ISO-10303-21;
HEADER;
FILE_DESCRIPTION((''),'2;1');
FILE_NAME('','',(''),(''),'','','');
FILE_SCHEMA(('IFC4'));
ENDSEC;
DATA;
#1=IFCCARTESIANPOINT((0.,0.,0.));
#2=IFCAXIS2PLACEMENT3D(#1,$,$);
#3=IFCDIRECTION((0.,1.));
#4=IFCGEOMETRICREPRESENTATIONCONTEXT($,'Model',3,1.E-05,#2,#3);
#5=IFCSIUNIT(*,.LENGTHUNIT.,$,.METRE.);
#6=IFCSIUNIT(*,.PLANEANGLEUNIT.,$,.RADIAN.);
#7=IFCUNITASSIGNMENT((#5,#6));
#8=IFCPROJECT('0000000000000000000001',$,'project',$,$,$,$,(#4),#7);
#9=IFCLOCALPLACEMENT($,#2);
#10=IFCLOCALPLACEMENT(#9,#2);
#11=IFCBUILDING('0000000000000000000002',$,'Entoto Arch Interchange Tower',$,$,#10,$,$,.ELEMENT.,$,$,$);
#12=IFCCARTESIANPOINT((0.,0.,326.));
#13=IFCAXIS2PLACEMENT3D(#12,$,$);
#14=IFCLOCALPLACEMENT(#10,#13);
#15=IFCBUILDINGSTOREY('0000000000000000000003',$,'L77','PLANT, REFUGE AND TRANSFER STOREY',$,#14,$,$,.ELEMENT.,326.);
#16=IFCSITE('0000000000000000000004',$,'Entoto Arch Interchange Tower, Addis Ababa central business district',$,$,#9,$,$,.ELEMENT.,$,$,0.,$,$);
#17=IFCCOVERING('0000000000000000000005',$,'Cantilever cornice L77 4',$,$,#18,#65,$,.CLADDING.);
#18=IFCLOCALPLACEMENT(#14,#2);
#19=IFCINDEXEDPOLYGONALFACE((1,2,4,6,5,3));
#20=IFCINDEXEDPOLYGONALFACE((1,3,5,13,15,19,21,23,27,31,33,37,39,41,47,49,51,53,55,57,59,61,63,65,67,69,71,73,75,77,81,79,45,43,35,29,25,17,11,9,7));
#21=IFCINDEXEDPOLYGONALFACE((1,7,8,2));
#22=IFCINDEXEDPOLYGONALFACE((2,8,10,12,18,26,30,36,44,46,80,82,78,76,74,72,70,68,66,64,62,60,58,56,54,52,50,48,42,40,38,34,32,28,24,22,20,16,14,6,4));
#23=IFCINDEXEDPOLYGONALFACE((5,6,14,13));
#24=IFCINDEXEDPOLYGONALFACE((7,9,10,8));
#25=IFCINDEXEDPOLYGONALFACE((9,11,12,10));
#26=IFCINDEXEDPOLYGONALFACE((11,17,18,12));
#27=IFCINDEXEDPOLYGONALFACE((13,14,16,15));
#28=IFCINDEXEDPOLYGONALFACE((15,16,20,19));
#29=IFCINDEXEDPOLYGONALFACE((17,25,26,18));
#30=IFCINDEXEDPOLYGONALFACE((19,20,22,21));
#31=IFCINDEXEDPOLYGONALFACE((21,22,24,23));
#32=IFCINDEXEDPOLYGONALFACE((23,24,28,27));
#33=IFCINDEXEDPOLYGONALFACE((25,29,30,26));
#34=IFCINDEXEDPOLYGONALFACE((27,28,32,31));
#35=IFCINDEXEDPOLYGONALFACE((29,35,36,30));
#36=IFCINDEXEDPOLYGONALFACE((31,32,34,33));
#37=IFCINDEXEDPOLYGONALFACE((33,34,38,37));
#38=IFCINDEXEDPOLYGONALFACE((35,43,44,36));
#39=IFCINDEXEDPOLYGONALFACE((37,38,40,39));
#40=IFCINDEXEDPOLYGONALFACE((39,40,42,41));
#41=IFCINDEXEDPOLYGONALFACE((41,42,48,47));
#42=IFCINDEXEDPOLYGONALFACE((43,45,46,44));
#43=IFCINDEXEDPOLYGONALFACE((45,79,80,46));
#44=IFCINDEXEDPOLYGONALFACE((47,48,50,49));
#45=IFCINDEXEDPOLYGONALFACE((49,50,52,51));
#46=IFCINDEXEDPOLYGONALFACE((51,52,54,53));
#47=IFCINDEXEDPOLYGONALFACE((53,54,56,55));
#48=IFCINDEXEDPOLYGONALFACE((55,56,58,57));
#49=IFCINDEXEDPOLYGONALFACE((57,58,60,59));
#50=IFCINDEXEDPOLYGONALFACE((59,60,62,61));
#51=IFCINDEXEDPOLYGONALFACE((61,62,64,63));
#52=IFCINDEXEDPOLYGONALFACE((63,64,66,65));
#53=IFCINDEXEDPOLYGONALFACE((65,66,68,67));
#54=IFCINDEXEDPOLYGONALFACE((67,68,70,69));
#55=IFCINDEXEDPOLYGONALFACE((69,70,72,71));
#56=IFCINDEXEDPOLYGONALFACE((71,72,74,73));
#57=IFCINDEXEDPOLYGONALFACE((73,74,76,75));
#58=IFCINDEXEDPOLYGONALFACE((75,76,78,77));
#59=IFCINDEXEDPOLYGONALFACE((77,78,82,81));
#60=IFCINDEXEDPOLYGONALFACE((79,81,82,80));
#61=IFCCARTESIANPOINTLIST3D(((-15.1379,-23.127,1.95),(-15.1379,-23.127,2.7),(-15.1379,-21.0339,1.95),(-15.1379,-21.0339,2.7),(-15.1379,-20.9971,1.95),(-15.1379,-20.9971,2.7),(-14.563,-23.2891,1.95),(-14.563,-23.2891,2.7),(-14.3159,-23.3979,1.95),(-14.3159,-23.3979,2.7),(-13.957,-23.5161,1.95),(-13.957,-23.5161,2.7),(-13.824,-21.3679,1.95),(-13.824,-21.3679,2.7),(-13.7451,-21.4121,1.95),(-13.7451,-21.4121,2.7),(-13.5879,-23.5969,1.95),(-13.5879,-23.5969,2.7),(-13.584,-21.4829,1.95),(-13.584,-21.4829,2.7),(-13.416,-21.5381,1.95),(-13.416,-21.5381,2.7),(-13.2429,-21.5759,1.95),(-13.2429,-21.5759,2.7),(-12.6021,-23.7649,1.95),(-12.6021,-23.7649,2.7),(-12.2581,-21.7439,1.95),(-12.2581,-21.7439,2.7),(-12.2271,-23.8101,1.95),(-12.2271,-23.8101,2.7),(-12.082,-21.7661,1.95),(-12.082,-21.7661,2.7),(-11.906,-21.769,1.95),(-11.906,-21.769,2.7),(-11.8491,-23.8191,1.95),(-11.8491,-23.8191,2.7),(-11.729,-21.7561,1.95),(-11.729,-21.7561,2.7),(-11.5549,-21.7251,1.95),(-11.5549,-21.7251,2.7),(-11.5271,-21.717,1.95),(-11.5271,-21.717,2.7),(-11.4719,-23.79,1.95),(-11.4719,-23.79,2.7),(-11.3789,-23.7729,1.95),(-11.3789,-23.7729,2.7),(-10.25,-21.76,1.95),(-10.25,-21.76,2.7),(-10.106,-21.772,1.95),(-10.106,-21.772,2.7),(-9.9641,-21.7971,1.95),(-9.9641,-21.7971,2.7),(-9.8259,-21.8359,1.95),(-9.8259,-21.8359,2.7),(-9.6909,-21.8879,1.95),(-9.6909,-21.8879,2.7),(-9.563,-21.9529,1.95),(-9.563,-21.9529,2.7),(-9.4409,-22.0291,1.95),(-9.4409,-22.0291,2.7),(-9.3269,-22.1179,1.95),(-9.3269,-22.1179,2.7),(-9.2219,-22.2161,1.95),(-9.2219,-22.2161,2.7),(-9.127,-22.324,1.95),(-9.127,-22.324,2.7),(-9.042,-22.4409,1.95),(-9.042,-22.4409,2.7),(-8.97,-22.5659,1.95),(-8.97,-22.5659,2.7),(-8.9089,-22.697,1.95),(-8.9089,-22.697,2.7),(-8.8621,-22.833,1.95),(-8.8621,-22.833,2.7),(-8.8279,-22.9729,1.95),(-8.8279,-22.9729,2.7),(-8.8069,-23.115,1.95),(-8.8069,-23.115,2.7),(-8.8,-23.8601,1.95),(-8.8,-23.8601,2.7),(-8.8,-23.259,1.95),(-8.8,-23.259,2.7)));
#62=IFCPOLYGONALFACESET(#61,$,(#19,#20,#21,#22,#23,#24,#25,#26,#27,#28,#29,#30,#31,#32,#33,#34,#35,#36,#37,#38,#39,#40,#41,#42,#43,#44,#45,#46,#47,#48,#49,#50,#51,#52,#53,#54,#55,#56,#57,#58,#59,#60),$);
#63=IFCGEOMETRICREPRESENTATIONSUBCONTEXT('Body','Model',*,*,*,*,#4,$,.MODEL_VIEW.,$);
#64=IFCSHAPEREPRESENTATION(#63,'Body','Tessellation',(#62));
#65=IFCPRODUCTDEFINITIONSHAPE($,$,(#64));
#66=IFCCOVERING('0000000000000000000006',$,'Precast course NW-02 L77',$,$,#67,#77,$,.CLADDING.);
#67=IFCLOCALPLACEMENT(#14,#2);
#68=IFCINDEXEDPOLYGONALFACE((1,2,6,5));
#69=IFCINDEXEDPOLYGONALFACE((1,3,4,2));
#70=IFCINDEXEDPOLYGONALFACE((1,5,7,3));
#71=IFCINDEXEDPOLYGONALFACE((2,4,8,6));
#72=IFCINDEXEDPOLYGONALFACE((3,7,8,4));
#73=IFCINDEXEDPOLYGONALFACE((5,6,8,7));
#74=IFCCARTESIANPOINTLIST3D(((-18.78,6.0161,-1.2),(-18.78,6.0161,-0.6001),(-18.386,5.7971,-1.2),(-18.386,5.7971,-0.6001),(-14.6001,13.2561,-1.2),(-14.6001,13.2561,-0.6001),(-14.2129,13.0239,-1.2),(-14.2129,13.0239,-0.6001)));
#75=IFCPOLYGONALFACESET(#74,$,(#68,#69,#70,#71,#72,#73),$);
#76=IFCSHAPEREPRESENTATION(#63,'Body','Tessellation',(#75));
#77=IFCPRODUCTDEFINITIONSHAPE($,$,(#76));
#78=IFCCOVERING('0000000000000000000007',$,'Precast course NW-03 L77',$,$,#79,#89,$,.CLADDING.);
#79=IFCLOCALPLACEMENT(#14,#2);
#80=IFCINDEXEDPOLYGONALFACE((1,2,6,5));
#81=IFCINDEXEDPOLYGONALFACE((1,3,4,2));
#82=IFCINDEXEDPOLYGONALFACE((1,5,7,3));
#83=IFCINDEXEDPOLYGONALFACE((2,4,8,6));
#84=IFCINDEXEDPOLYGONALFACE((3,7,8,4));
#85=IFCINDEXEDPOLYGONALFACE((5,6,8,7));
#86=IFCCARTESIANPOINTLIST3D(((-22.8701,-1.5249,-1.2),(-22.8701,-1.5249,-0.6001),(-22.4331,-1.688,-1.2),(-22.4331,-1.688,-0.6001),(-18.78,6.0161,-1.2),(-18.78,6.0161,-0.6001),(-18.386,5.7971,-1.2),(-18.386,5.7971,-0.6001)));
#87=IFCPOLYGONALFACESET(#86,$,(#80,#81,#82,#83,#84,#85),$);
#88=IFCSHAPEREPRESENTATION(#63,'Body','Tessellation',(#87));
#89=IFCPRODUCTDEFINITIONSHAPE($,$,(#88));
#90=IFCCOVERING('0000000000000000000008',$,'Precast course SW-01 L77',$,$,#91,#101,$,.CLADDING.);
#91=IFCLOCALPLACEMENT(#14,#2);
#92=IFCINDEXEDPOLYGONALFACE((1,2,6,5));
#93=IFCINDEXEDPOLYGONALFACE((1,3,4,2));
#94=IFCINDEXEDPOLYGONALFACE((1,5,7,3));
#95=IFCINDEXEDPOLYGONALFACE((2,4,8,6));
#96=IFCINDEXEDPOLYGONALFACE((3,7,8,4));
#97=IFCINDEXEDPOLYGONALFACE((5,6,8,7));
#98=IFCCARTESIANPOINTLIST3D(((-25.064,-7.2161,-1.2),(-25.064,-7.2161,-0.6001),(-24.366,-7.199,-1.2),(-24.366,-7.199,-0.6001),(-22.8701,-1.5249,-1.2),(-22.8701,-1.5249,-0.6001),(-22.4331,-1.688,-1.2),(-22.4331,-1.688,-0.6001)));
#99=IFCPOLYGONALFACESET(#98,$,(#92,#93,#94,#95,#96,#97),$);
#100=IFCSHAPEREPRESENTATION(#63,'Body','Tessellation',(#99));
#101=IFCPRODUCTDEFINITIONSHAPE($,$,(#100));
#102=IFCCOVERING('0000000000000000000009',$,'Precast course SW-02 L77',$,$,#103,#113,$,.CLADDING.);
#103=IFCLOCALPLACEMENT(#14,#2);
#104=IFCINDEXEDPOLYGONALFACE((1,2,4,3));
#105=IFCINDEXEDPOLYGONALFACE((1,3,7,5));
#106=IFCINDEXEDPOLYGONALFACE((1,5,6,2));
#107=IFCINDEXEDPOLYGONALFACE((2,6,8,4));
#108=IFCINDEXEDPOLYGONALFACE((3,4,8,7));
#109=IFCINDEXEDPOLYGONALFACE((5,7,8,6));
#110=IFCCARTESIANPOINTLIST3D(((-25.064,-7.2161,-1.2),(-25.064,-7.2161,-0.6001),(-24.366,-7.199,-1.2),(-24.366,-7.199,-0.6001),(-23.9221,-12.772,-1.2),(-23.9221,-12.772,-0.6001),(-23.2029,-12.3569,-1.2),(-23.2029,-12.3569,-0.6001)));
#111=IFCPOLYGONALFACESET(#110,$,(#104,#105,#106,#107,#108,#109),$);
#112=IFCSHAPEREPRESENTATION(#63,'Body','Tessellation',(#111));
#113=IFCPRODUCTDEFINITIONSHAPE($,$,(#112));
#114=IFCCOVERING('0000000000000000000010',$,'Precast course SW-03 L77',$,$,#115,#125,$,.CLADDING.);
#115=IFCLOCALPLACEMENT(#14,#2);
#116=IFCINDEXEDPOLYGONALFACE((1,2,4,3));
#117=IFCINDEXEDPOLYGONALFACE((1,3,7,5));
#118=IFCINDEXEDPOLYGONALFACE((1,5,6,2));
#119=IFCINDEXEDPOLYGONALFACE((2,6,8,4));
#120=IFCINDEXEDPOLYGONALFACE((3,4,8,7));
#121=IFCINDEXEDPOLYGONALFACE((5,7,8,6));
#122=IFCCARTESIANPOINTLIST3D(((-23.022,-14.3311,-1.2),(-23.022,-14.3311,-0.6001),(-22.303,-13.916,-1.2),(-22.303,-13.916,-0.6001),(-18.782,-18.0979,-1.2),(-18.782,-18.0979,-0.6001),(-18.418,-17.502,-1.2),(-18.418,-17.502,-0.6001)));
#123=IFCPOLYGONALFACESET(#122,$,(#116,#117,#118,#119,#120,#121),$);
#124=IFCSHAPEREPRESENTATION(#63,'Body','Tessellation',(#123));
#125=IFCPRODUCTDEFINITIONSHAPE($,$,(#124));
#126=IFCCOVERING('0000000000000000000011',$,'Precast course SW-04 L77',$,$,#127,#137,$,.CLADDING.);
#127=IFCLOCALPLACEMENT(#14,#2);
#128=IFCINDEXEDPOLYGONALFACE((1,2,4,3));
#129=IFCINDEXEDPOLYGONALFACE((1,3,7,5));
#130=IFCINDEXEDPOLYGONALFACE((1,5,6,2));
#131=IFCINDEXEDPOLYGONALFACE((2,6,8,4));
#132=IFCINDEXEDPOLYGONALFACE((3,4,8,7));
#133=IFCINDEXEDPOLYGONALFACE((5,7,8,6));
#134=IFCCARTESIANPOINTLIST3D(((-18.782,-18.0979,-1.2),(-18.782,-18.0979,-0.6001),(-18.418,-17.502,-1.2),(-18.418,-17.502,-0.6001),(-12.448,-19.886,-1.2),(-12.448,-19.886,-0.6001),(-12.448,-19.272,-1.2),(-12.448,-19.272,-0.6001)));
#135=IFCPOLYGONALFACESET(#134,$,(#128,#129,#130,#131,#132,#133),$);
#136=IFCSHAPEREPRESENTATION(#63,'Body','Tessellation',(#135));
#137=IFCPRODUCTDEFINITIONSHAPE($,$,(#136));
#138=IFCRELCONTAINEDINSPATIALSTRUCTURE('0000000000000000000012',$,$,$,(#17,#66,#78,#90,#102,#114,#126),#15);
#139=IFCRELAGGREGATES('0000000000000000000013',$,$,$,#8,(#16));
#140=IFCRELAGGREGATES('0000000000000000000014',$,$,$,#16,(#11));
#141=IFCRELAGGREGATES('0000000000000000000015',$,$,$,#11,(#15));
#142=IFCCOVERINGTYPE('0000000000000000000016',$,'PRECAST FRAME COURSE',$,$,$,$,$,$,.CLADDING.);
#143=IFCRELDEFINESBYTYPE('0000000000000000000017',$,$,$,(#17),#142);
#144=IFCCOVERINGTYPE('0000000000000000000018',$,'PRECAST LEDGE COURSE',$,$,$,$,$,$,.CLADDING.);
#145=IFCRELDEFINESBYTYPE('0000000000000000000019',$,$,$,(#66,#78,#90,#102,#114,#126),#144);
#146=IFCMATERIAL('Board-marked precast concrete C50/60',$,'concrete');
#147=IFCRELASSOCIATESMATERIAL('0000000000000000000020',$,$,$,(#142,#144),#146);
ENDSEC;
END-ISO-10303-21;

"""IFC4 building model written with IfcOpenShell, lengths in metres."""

from ifc_helpers import new_model, si_unit, direction, frame, origin, place, context, subcontext, project, spatial, polyline, outline, extrude, material, type_object, element, save


model = new_model("IFC4")

# Units and contexts
model_context = context("Model", 3, precision=1e-05, world=origin(), true_north=direction((0.0, 1.0)))
body_context = subcontext(model_context, "Body", "Model", "MODEL_VIEW")
ifc_project = project(units=[si_unit("LENGTHUNIT", "METRE"), si_unit("PLANEANGLEUNIT", "RADIAN")], contexts=[model_context])

# Site, building, storey
site_placement = place(None, origin())
site = spatial("IfcSite", under=ifc_project, at=site_placement, Name="Entoto Arch Interchange Tower, Addis Ababa central business district", CompositionType="ELEMENT", RefElevation=0.0)
building_placement = place(site_placement, origin())
building = spatial("IfcBuilding", under=site, at=building_placement, Name="Entoto Arch Interchange Tower", CompositionType="ELEMENT")
storey_placement = place(building_placement, frame((0.0, 0.0, 326.0)))
storey = spatial("IfcBuildingStorey", under=building, at=storey_placement, Name="L77", Description="PLANT, REFUGE AND TRANSFER STOREY", CompositionType="ELEMENT", Elevation=326.0)

# Coverings
ifc_material_1 = material(Name="Board-marked precast concrete C50/60", Category="concrete")
covering_type_1 = type_object("IfcCoveringType", Name="PRECAST FRAME COURSE", PredefinedType="CLADDING", material=ifc_material_1)
covering_1_placement = place(storey_placement, frame((0.0, 0.0, 1.95)))
element("IfcCovering", 1, at=covering_1_placement, inside=storey, type_object=covering_type_1, Name="Cantilever cornice L77 4", PredefinedType="CLADDING", context=body_context, shape_type="SweptSolid", body=[
    extrude(outline(polyline([(-9.6909, -21.8879), (-9.563, -21.9529), (-9.4409, -22.0291), (-9.3269, -22.1179), (-9.2219, -22.2161), (-9.127, -22.324), (-9.042, -22.4409), (-8.97, -22.5659), (-8.9089, -22.697), (-8.8621, -22.833), (-8.8279, -22.9729), (-8.8069, -23.115), (-8.8, -23.259), (-8.8, -23.8601), (-11.3789, -23.7729), (-11.4719, -23.79), (-11.8491, -23.8191), (-12.2271, -23.8101), (-12.6021, -23.7649), (-13.5879, -23.5969), (-13.957, -23.5161), (-14.3159, -23.3979), (-14.563, -23.2891), (-15.1379, -23.127), (-15.1379, -21.0339), (-15.1379, -20.9971), (-13.824, -21.3679), (-13.7451, -21.4121), (-13.584, -21.4829), (-13.416, -21.5381), (-13.2429, -21.5759), (-12.2581, -21.7439), (-12.082, -21.7661), (-11.906, -21.769), (-11.729, -21.7561), (-11.5549, -21.7251), (-11.5271, -21.717), (-10.25, -21.76), (-10.106, -21.772), (-9.9641, -21.7971), (-9.8259, -21.8359), (-9.6909, -21.8879)])), origin(), (0.0, 0.0, 1.0), 0.75),
])
covering_type_2 = type_object("IfcCoveringType", Name="PRECAST LEDGE COURSE", PredefinedType="CLADDING", material=ifc_material_1)
covering_2_placement = place(storey_placement, frame((0.0, 0.0, -1.2)))
element("IfcCovering", 2, at=covering_2_placement, inside=storey, type_object=covering_type_2, Name="Precast course NW-02 L77", PredefinedType="CLADDING", context=body_context, shape_type="SweptSolid", body=[
    extrude(outline(polyline([(-18.386, 5.7971), (-18.78, 6.0161), (-14.6001, 13.2561), (-14.2129, 13.0239), (-18.386, 5.7971)])), origin(), (0.0, 0.0, 1.0), 0.5999),
])
covering_3_placement = place(storey_placement, frame((0.0, 0.0, -1.2)))
element("IfcCovering", 3, at=covering_3_placement, inside=storey, type_object=covering_type_2, Name="Precast course NW-03 L77", PredefinedType="CLADDING", context=body_context, shape_type="SweptSolid", body=[
    extrude(outline(polyline([(-22.4331, -1.688), (-22.8701, -1.5249), (-18.78, 6.0161), (-18.386, 5.7971), (-22.4331, -1.688)])), origin(), (0.0, 0.0, 1.0), 0.5999),
])
covering_4_placement = place(storey_placement, frame((0.0, 0.0, -1.2)))
element("IfcCovering", 4, at=covering_4_placement, inside=storey, type_object=covering_type_2, Name="Precast course SW-01 L77", PredefinedType="CLADDING", context=body_context, shape_type="SweptSolid", body=[
    extrude(outline(polyline([(-24.366, -7.199), (-25.064, -7.2161), (-22.8701, -1.5249), (-22.4331, -1.688), (-24.366, -7.199)])), origin(), (0.0, 0.0, 1.0), 0.5999),
])
covering_5_placement = place(storey_placement, frame((0.0, 0.0, -1.2)))
element("IfcCovering", 5, at=covering_5_placement, inside=storey, type_object=covering_type_2, Name="Precast course SW-02 L77", PredefinedType="CLADDING", context=body_context, shape_type="SweptSolid", body=[
    extrude(outline(polyline([(-23.2029, -12.3569), (-23.9221, -12.772), (-25.064, -7.2161), (-24.366, -7.199), (-23.2029, -12.3569)])), origin(), (0.0, 0.0, 1.0), 0.5999),
])
covering_6_placement = place(storey_placement, frame((0.0, 0.0, -1.2)))
element("IfcCovering", 6, at=covering_6_placement, inside=storey, type_object=covering_type_2, Name="Precast course SW-03 L77", PredefinedType="CLADDING", context=body_context, shape_type="SweptSolid", body=[
    extrude(outline(polyline([(-18.418, -17.502), (-18.782, -18.0979), (-23.022, -14.3311), (-22.303, -13.916), (-18.418, -17.502)])), origin(), (0.0, 0.0, 1.0), 0.5999),
])
covering_7_placement = place(storey_placement, frame((0.0, 0.0, -1.2)))
element("IfcCovering", 7, at=covering_7_placement, inside=storey, type_object=covering_type_2, Name="Precast course SW-04 L77", PredefinedType="CLADDING", context=body_context, shape_type="SweptSolid", body=[
    extrude(outline(polyline([(-12.448, -19.272), (-12.448, -19.886), (-18.782, -18.0979), (-18.418, -17.502), (-12.448, -19.272)])), origin(), (0.0, 0.0, 1.0), 0.5999),
])

save(model, "model.ifc")
